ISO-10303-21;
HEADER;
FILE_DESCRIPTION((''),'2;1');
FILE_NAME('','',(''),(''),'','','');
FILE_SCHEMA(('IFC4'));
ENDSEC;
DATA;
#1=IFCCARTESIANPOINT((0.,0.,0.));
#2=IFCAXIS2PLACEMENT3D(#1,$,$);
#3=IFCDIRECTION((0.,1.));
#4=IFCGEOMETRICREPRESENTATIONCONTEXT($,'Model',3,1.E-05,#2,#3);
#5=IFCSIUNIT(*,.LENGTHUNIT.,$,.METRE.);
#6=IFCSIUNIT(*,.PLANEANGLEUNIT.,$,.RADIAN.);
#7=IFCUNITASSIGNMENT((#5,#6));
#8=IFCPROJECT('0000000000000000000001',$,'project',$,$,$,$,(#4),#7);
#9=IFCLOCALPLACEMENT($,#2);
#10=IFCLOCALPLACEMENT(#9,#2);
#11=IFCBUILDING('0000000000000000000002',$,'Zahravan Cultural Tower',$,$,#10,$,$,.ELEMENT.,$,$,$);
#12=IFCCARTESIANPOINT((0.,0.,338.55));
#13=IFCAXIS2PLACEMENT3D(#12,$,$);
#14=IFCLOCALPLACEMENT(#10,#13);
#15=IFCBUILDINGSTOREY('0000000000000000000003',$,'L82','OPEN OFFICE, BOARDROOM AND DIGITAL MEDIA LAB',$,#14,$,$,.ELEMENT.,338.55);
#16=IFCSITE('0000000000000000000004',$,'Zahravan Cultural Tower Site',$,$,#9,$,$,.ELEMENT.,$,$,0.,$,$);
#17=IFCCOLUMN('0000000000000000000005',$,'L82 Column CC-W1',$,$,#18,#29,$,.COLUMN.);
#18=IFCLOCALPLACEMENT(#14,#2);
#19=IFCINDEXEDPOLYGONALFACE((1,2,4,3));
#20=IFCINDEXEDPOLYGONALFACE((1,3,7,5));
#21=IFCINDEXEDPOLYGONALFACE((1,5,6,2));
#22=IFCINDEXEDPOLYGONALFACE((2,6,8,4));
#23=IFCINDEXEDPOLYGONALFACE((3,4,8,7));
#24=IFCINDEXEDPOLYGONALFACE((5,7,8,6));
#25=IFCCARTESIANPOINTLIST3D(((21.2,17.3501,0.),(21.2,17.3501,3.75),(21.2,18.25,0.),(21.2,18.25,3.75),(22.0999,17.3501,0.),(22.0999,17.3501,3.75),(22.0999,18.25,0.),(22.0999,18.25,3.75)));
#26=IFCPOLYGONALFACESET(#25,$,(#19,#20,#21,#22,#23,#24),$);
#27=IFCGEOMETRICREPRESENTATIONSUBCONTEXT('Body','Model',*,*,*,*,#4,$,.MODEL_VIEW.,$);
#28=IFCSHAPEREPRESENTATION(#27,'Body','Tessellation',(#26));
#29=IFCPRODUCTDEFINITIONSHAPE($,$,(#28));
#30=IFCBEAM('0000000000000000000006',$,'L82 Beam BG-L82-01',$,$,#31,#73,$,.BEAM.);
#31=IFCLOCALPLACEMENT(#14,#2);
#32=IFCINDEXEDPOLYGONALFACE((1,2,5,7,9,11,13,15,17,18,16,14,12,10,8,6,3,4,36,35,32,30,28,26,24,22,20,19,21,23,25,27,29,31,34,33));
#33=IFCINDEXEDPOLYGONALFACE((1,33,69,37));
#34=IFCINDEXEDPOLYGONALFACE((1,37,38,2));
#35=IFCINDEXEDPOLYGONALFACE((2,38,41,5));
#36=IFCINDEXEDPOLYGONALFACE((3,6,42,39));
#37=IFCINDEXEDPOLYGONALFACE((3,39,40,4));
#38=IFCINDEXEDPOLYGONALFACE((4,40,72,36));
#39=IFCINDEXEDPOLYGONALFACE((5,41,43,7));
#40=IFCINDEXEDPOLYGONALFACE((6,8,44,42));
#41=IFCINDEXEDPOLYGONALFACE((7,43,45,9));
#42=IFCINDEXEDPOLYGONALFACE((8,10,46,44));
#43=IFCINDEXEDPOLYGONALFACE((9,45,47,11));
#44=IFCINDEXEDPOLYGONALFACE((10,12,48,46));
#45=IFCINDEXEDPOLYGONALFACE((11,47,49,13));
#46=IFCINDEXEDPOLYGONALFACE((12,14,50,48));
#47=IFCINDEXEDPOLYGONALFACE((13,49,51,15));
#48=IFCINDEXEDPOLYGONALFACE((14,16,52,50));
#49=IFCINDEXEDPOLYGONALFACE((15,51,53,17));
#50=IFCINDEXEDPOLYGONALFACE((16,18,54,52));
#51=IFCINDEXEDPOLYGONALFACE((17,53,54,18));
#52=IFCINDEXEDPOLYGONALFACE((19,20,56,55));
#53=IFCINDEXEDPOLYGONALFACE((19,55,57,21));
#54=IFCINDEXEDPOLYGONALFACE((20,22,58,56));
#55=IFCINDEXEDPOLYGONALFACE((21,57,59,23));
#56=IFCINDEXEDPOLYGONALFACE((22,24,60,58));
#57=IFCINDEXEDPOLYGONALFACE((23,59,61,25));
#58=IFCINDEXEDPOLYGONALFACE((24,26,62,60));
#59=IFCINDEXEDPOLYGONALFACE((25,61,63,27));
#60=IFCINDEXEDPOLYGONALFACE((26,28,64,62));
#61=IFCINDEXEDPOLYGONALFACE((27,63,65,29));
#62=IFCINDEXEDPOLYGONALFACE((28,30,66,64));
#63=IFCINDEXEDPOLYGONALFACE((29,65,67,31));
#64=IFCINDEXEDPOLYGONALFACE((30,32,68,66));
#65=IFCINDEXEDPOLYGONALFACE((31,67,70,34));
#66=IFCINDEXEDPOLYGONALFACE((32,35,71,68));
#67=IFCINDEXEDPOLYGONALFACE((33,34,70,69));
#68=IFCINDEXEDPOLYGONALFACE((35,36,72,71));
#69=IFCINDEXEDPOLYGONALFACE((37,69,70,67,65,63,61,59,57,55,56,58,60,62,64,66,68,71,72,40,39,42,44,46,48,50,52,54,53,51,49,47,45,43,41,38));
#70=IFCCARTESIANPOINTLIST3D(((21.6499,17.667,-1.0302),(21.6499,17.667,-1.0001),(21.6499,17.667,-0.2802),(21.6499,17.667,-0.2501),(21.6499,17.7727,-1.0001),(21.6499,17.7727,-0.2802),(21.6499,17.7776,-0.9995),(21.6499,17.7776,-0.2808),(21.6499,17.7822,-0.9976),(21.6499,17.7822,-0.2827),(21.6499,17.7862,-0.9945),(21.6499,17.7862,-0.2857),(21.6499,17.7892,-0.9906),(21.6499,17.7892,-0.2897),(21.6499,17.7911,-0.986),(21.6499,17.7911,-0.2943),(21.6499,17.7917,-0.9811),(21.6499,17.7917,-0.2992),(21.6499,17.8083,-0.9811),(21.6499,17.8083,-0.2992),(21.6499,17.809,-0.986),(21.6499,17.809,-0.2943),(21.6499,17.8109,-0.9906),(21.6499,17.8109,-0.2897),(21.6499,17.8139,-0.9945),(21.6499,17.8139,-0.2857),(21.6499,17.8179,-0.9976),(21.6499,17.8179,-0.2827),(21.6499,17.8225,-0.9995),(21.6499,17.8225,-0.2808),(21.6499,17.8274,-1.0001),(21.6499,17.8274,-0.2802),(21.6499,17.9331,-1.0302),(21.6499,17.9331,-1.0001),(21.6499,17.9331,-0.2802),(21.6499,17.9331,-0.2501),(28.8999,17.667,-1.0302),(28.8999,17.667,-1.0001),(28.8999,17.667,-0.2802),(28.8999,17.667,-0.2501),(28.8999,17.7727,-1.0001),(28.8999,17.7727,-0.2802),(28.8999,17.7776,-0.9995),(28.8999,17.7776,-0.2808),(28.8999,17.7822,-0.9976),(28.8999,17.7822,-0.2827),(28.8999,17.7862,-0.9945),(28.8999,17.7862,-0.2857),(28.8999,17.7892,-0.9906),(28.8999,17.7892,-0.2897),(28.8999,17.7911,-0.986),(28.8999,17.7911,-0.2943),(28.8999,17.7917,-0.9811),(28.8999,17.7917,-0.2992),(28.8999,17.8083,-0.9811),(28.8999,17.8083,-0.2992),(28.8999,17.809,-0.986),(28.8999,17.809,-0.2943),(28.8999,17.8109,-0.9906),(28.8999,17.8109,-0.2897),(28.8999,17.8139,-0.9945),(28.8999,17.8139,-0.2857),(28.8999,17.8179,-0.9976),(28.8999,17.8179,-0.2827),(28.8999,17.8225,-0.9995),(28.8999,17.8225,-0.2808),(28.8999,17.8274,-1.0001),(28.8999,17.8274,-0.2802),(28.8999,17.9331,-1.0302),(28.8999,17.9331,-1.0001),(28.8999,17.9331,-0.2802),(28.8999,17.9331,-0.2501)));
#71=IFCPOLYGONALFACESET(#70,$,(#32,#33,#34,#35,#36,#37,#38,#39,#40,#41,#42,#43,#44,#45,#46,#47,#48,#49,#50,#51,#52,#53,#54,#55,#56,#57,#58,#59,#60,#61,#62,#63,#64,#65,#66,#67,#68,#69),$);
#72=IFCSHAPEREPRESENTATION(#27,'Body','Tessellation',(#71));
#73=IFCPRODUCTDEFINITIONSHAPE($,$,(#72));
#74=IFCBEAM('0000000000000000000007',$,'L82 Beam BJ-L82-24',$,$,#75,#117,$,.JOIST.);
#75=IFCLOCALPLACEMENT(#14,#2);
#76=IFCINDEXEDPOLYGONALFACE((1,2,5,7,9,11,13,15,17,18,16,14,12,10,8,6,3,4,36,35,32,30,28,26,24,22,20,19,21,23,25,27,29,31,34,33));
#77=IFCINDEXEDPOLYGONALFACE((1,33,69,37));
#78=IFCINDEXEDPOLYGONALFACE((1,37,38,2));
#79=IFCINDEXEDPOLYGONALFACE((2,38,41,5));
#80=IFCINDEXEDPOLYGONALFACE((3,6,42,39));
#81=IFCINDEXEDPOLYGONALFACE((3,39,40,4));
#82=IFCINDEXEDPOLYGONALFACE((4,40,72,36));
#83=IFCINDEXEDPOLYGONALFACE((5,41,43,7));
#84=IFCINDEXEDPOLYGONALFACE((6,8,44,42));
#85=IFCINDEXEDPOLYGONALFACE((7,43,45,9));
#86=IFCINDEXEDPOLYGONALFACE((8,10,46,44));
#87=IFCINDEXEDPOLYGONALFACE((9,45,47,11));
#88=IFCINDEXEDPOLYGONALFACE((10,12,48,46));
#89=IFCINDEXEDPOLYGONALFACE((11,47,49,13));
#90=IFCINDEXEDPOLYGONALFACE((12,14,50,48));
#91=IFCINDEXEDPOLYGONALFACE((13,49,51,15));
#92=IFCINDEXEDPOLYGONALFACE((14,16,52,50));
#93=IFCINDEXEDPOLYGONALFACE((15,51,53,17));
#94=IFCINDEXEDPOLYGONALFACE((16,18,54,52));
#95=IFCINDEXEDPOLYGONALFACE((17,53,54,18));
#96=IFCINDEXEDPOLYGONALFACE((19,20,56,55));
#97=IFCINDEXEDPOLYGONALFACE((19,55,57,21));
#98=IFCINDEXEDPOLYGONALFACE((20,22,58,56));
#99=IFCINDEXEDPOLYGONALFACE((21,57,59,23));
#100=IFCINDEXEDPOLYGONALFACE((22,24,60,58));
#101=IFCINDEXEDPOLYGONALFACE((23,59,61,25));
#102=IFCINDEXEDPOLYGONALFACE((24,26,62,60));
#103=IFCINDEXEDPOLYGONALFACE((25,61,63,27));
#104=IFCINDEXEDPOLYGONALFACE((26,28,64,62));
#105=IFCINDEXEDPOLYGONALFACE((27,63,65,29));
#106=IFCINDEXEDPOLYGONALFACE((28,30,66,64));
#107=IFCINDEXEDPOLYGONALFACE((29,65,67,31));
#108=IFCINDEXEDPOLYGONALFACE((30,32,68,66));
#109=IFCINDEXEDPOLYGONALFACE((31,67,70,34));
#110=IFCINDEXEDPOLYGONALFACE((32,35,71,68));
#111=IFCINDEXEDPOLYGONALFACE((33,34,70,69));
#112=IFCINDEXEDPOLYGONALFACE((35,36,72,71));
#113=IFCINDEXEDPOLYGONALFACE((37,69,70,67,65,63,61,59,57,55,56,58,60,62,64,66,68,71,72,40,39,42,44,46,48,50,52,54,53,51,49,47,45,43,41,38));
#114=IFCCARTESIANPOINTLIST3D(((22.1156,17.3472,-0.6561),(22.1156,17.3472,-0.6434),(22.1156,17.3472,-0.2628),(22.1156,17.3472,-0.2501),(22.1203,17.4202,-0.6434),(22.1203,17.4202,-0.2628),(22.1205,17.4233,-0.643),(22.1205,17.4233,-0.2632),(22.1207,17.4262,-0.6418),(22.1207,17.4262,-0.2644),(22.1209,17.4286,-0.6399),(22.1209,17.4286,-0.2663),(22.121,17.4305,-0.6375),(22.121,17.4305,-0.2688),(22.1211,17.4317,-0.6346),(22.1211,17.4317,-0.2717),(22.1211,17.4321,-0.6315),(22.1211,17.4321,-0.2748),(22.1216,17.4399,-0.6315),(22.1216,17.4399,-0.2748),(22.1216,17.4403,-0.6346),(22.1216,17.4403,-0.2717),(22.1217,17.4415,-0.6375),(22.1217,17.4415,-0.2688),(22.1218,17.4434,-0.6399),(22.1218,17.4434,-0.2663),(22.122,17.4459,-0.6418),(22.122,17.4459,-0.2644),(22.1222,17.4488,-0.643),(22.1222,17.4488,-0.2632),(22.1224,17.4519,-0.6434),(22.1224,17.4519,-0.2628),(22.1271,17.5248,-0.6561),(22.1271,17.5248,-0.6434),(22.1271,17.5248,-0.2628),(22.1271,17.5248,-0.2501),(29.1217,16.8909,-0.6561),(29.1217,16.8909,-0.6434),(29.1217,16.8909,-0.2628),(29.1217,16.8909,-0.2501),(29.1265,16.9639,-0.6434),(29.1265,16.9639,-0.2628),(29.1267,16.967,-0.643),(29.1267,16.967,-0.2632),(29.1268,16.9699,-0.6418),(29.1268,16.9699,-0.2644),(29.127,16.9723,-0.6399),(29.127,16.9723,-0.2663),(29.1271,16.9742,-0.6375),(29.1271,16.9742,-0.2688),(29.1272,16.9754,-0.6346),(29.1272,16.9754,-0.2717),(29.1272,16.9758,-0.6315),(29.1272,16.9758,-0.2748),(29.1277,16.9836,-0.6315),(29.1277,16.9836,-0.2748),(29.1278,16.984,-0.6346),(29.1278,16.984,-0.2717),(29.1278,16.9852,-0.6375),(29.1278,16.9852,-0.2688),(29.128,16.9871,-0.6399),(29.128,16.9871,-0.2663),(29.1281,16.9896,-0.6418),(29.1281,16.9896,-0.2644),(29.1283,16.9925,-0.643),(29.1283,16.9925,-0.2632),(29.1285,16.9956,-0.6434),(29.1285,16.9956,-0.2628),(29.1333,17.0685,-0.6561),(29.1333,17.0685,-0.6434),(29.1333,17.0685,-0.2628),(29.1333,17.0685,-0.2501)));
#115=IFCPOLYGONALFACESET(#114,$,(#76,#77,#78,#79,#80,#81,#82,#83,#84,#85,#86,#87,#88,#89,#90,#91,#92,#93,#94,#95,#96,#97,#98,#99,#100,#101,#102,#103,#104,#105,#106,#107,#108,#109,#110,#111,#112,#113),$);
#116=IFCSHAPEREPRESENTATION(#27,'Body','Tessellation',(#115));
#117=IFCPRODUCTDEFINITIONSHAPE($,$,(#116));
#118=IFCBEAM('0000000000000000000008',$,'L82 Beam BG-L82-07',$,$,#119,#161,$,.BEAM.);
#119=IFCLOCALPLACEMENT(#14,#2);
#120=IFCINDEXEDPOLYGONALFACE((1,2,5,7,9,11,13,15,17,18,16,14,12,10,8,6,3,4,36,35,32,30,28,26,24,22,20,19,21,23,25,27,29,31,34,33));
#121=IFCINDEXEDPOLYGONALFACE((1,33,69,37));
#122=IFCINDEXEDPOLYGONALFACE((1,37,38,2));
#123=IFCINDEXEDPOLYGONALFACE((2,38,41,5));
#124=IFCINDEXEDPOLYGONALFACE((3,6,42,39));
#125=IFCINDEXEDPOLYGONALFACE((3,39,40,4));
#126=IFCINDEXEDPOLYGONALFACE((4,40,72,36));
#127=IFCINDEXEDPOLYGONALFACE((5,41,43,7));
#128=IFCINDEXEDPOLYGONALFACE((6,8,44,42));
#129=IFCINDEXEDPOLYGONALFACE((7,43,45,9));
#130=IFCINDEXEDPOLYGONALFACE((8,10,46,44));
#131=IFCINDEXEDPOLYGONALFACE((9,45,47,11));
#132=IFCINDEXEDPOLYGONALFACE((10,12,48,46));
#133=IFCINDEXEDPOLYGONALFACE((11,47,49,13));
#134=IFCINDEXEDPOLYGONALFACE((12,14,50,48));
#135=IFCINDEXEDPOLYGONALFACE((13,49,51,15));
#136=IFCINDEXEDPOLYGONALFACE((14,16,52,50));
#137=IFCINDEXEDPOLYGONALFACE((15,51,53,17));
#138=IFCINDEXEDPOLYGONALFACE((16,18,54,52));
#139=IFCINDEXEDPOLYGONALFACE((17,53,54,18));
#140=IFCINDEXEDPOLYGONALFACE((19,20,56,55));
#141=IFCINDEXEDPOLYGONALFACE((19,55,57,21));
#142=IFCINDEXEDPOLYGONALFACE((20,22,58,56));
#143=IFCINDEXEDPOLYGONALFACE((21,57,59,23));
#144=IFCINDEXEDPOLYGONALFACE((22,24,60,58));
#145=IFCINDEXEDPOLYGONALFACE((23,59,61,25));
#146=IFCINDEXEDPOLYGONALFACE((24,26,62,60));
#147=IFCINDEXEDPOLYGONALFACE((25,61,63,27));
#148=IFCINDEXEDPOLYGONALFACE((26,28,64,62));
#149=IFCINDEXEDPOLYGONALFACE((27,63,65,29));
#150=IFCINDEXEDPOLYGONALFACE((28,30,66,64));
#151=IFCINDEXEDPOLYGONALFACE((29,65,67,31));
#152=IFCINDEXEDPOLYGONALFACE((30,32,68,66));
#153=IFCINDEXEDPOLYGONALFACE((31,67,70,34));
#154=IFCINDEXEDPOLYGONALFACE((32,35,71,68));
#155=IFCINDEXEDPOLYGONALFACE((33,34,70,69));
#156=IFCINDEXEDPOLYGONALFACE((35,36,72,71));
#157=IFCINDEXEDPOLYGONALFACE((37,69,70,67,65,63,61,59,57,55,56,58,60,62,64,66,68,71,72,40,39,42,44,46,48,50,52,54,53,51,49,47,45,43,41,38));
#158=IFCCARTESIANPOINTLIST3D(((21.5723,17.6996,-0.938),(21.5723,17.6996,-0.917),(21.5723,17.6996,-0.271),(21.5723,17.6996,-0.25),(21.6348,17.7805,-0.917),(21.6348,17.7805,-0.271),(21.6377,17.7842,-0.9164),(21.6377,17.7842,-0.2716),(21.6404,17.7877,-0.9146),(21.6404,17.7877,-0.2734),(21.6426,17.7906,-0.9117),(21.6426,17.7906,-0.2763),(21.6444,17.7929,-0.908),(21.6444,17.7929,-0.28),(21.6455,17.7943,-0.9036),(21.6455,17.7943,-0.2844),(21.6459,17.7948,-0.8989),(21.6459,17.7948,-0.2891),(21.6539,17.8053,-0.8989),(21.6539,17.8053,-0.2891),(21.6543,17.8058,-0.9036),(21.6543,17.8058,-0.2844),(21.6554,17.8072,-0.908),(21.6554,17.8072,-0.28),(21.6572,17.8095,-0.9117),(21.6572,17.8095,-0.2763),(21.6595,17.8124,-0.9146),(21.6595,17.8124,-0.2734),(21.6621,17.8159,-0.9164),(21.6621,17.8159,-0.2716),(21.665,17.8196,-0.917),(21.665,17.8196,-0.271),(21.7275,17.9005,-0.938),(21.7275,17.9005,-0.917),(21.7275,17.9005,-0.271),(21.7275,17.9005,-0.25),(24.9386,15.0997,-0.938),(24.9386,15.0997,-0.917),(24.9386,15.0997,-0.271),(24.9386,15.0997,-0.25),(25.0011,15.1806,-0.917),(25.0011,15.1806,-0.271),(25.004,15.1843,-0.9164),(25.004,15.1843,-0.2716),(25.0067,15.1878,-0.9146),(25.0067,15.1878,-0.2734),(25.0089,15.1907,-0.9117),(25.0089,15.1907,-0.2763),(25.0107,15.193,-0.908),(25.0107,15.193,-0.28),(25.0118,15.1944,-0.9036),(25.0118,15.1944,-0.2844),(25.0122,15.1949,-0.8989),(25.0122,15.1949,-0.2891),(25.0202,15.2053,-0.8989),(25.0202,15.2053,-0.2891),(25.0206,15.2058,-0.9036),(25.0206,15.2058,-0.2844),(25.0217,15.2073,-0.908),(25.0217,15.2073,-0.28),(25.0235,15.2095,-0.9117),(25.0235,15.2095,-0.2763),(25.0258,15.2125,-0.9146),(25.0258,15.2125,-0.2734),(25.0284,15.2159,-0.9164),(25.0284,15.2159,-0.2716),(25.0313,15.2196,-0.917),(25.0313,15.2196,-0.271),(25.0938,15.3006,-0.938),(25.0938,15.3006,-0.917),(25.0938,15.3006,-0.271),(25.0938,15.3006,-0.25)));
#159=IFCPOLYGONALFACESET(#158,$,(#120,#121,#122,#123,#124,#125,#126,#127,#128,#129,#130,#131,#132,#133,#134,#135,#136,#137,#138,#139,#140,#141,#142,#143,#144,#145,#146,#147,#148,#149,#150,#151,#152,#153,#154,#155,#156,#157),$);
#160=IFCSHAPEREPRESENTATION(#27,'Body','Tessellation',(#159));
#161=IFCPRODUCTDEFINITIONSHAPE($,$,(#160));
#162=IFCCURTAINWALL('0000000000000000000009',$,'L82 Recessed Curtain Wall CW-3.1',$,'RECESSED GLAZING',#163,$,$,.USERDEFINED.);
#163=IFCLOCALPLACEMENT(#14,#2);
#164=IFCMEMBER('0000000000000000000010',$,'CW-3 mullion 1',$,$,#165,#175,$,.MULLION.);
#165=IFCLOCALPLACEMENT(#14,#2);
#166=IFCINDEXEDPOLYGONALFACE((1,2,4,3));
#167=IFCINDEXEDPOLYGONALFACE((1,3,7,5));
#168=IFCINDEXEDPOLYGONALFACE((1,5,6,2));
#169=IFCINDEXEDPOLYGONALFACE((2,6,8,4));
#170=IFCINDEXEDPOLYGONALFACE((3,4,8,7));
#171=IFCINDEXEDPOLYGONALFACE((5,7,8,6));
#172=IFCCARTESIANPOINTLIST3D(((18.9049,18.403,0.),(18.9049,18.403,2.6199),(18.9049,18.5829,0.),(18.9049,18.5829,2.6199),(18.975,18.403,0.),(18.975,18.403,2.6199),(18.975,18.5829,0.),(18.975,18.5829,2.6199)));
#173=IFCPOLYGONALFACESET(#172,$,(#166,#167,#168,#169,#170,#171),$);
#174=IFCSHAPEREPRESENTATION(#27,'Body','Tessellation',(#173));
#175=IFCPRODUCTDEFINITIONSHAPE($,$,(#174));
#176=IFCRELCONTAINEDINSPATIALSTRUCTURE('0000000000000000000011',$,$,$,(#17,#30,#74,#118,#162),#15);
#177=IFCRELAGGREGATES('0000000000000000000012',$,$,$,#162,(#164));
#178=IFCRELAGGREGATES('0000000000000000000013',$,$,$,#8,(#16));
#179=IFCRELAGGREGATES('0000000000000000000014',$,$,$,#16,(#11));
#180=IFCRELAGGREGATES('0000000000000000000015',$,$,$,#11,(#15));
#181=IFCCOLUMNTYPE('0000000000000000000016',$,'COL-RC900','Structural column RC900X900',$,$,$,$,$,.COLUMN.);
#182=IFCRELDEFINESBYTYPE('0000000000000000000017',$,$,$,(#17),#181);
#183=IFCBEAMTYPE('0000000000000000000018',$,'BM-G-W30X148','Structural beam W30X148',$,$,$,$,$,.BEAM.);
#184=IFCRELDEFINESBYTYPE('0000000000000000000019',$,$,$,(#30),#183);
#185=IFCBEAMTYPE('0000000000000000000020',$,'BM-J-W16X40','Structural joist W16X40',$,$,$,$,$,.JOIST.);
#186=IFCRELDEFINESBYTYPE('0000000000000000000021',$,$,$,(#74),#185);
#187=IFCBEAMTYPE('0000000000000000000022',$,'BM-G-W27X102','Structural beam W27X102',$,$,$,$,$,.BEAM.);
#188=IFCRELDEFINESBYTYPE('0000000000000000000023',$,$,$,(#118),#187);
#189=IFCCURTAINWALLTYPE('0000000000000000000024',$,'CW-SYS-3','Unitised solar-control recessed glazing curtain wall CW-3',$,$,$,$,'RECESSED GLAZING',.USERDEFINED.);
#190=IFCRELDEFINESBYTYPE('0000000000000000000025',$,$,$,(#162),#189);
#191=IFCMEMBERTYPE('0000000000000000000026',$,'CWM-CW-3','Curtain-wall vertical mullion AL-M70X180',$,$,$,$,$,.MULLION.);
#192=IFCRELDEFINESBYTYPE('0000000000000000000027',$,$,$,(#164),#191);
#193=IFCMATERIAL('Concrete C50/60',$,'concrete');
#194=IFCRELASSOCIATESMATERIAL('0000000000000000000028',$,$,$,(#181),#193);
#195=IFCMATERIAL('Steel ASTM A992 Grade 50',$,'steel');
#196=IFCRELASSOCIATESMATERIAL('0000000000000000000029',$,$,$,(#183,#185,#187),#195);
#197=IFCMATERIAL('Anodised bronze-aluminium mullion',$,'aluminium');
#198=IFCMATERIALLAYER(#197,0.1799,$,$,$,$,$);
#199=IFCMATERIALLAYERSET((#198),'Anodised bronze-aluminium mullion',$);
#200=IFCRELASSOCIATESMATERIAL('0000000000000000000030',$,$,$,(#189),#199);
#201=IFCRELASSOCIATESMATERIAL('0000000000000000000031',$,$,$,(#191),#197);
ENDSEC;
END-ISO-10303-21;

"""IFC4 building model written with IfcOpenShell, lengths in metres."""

from ifc_helpers import new_model, si_unit, direction, frame, origin, origin_2d, place, context, subcontext, project, spatial, rectangle, i_section, extrude, source, transform, mapped, material, layer, layer_set, material_profile, profile_set, type_object, element, aggregate, save


model = new_model("IFC4")

# Units and contexts
model_context = context("Model", 3, precision=1e-05, world=origin(), true_north=direction((0.0, 1.0)))
body_context = subcontext(model_context, "Body", "Model", "MODEL_VIEW")
ifc_project = project(units=[si_unit("LENGTHUNIT", "METRE"), si_unit("PLANEANGLEUNIT", "RADIAN")], contexts=[model_context])

# Site, building, storey
site_placement = place(None, origin())
site = spatial("IfcSite", under=ifc_project, at=site_placement, Name="Zahravan Cultural Tower Site", CompositionType="ELEMENT", RefElevation=0.0)
building_placement = place(site_placement, origin())
building = spatial("IfcBuilding", under=site, at=building_placement, Name="Zahravan Cultural Tower", CompositionType="ELEMENT")
storey_placement = place(building_placement, frame((0.0, 0.0, 338.55)))
storey = spatial("IfcBuildingStorey", under=building, at=storey_placement, Name="L82", Description="OPEN OFFICE, BOARDROOM AND DIGITAL MEDIA LAB", CompositionType="ELEMENT", Elevation=338.55)

# Column
ifc_material_1 = material(Name="Concrete C50/60", Category="concrete")
ifc_material_profile_1 = material_profile(ifc_material_1, rectangle(XDim=0.8999, YDim=0.8999, at=origin_2d()), Name="RC900X900")
ifc_profile_set_1 = profile_set([ifc_material_profile_1], Name="Concrete C50/60")
column_type = type_object("IfcColumnType", Name="COL-RC900", Description="Structural column RC900X900", PredefinedType="COLUMN", material=ifc_profile_set_1)
shared_shape_1 = source(origin(), body_context, "Body", "SweptSolid", [
    extrude(rectangle(XDim=0.8999, YDim=0.8999, at=origin_2d()), origin(), (0.0, 0.0, 1.0), 3.75),
])
column_placement = place(storey_placement, frame((21.6499, 17.8, 0.0), z_axis=(0.0, 0.0, 1.0), x_axis=(1.0, 0.0, 0.0)))
element("IfcColumn", 1, at=column_placement, inside=storey, type_object=column_type, Name="L82 Column CC-W1", PredefinedType="COLUMN", context=body_context, shape_type="MappedRepresentation", body=[
    mapped(shared_shape_1, transform((0.0, 0.0, 0.0), x_axis=(1.0, 0.0, 0.0), y_axis=(0.0, 1.0, 0.0), z_axis=(0.0, 0.0, 1.0), scale=1.0)),
])

# Beams
ifc_material_2 = material(Name="Steel ASTM A992 Grade 50", Category="steel")
ifc_material_profile_2 = material_profile(ifc_material_2, i_section(OverallWidth=0.2661, OverallDepth=0.78, WebThickness=0.0166, FlangeThickness=0.03, FilletRadius=0.019, at=origin_2d()), Name="W30X148")
ifc_profile_set_2 = profile_set([ifc_material_profile_2], Name="Steel ASTM A992 Grade 50")
beam_type_1 = type_object("IfcBeamType", Name="BM-G-W30X148", Description="Structural beam W30X148", PredefinedType="BEAM", material=ifc_profile_set_2)
shared_shape_2 = source(origin(), body_context, "Body", "SweptSolid", [
    extrude(i_section(OverallWidth=0.2661, OverallDepth=0.78, WebThickness=0.0166, FlangeThickness=0.03, FilletRadius=0.019, at=origin_2d()), origin(), (0.0, 0.0, 1.0), 7.25),
])
beam_1_placement = place(storey_placement, frame((21.6499, 17.8, -0.6401), z_axis=(1.0, 0.0, 0.0), x_axis=(0.0, 1.0, 0.0)))
element("IfcBeam", 2, at=beam_1_placement, inside=storey, type_object=beam_type_1, Name="L82 Beam BG-L82-01", PredefinedType="BEAM", context=body_context, shape_type="MappedRepresentation", body=[
    mapped(shared_shape_2, transform((0.0, 0.0, 0.0), x_axis=(1.0, 0.0, 0.0), y_axis=(0.0, 1.0, 0.0), z_axis=(0.0, 0.0, 1.0), scale=1.0)),
])
ifc_material_profile_3 = material_profile(ifc_material_2, i_section(OverallWidth=0.178, OverallDepth=0.406, WebThickness=0.0078, FlangeThickness=0.0127, FilletRadius=0.012, at=origin_2d()), Name="W16X40")
ifc_profile_set_3 = profile_set([ifc_material_profile_3], Name="Steel ASTM A992 Grade 50")
beam_type_2 = type_object("IfcBeamType", Name="BM-J-W16X40", Description="Structural joist W16X40", PredefinedType="JOIST", material=ifc_profile_set_3)
shared_shape_3 = source(origin(), body_context, "Body", "SweptSolid", [
    extrude(i_section(OverallWidth=0.178, OverallDepth=0.406, WebThickness=0.0078, FlangeThickness=0.0127, FilletRadius=0.012, at=origin_2d()), origin(), (0.0, 0.0, 1.0), 7.021),
])
beam_2_placement = place(storey_placement, frame((22.1213, 17.436, -0.4531), z_axis=(0.997886, -0.064991, 0.0), x_axis=(0.064991, 0.997886, 0.0)))
element("IfcBeam", 3, at=beam_2_placement, inside=storey, type_object=beam_type_2, Name="L82 Beam BJ-L82-24", PredefinedType="JOIST", context=body_context, shape_type="MappedRepresentation", body=[
    mapped(shared_shape_3, transform((0.0, 0.0, 0.0), x_axis=(1.0, 0.0, 0.0), y_axis=(0.0, 1.0, 0.0), z_axis=(0.0, 0.0, 1.0), scale=1.0)),
])
ifc_material_profile_4 = material_profile(ifc_material_2, i_section(OverallWidth=0.2539, OverallDepth=0.688, WebThickness=0.0132, FlangeThickness=0.021, FilletRadius=0.0181, at=origin_2d()), Name="W27X102")
ifc_profile_set_4 = profile_set([ifc_material_profile_4], Name="Steel ASTM A992 Grade 50")
beam_type_3 = type_object("IfcBeamType", Name="BM-G-W27X102", Description="Structural beam W27X102", PredefinedType="BEAM", material=ifc_profile_set_4)
shared_shape_4 = source(origin(), body_context, "Body", "SweptSolid", [
    extrude(i_section(OverallWidth=0.2539, OverallDepth=0.688, WebThickness=0.0132, FlangeThickness=0.021, FilletRadius=0.0181, at=origin_2d()), origin(), (0.0, 0.0, 1.0), 4.2534),
])
beam_3_placement = place(storey_placement, frame((21.6499, 17.8, -0.594), z_axis=(0.791434, -0.611255, 0.0), x_axis=(0.611255, 0.791434, 0.0)))
element("IfcBeam", 4, at=beam_3_placement, inside=storey, type_object=beam_type_3, Name="L82 Beam BG-L82-07", PredefinedType="BEAM", context=body_context, shape_type="MappedRepresentation", body=[
    mapped(shared_shape_4, transform((0.0, 0.0, 0.0), x_axis=(1.0, 0.0, 0.0), y_axis=(0.0, 1.0, 0.0), z_axis=(0.0, 0.0, 1.0), scale=1.0)),
])

# Curtain wall, member
ifc_material_3 = material(Name="Anodised bronze-aluminium mullion", Category="aluminium")
ifc_layer_1 = layer(ifc_material_3, 0.1799)
ifc_layer_set_1 = layer_set([ifc_layer_1], Name="Anodised bronze-aluminium mullion")
curtain_wall_type = type_object("IfcCurtainWallType", Name="CW-SYS-3", Description="Unitised solar-control recessed glazing curtain wall CW-3", ElementType="RECESSED GLAZING", PredefinedType="USERDEFINED", material=ifc_layer_set_1)
curtain_wall_placement = place(storey_placement, origin())
curtain_wall = element("IfcCurtainWall", 5, at=curtain_wall_placement, inside=storey, type_object=curtain_wall_type, Name="L82 Recessed Curtain Wall CW-3.1", ObjectType="RECESSED GLAZING", PredefinedType="USERDEFINED")
ifc_material_profile_5 = material_profile(ifc_material_3, rectangle(XDim=0.0701, YDim=0.1799, at=origin_2d()), Name="AL-M70X180")
ifc_profile_set_5 = profile_set([ifc_material_profile_5], Name="Anodised bronze-aluminium mullion")
member_type_1 = type_object("IfcMemberType", Name="CWM-CW-3", Description="Curtain-wall vertical mullion AL-M70X180", PredefinedType="MULLION", material=ifc_profile_set_5)
shared_shape_5 = source(origin(), body_context, "Body", "SweptSolid", [
    extrude(rectangle(XDim=0.0701, YDim=0.1799, at=origin_2d()), origin(), (0.0, 0.0, 1.0), 2.6199),
])
member_1_placement = place(storey_placement, frame((18.9399, 18.4929, 0.0), z_axis=(0.0, 0.0, 1.0), x_axis=(-1.0, 0.0, 0.0)))
member_1 = element("IfcMember", 6, at=member_1_placement, type_object=member_type_1, Name="CW-3 mullion 1", PredefinedType="MULLION", context=body_context, shape_type="MappedRepresentation", body=[
    mapped(shared_shape_5, transform((0.0, 0.0, 0.0), x_axis=(1.0, 0.0, 0.0), y_axis=(0.0, 1.0, 0.0), z_axis=(0.0, 0.0, 1.0), scale=1.0)),
])
aggregate(curtain_wall, [member_1])

save(model, "model.ifc")
